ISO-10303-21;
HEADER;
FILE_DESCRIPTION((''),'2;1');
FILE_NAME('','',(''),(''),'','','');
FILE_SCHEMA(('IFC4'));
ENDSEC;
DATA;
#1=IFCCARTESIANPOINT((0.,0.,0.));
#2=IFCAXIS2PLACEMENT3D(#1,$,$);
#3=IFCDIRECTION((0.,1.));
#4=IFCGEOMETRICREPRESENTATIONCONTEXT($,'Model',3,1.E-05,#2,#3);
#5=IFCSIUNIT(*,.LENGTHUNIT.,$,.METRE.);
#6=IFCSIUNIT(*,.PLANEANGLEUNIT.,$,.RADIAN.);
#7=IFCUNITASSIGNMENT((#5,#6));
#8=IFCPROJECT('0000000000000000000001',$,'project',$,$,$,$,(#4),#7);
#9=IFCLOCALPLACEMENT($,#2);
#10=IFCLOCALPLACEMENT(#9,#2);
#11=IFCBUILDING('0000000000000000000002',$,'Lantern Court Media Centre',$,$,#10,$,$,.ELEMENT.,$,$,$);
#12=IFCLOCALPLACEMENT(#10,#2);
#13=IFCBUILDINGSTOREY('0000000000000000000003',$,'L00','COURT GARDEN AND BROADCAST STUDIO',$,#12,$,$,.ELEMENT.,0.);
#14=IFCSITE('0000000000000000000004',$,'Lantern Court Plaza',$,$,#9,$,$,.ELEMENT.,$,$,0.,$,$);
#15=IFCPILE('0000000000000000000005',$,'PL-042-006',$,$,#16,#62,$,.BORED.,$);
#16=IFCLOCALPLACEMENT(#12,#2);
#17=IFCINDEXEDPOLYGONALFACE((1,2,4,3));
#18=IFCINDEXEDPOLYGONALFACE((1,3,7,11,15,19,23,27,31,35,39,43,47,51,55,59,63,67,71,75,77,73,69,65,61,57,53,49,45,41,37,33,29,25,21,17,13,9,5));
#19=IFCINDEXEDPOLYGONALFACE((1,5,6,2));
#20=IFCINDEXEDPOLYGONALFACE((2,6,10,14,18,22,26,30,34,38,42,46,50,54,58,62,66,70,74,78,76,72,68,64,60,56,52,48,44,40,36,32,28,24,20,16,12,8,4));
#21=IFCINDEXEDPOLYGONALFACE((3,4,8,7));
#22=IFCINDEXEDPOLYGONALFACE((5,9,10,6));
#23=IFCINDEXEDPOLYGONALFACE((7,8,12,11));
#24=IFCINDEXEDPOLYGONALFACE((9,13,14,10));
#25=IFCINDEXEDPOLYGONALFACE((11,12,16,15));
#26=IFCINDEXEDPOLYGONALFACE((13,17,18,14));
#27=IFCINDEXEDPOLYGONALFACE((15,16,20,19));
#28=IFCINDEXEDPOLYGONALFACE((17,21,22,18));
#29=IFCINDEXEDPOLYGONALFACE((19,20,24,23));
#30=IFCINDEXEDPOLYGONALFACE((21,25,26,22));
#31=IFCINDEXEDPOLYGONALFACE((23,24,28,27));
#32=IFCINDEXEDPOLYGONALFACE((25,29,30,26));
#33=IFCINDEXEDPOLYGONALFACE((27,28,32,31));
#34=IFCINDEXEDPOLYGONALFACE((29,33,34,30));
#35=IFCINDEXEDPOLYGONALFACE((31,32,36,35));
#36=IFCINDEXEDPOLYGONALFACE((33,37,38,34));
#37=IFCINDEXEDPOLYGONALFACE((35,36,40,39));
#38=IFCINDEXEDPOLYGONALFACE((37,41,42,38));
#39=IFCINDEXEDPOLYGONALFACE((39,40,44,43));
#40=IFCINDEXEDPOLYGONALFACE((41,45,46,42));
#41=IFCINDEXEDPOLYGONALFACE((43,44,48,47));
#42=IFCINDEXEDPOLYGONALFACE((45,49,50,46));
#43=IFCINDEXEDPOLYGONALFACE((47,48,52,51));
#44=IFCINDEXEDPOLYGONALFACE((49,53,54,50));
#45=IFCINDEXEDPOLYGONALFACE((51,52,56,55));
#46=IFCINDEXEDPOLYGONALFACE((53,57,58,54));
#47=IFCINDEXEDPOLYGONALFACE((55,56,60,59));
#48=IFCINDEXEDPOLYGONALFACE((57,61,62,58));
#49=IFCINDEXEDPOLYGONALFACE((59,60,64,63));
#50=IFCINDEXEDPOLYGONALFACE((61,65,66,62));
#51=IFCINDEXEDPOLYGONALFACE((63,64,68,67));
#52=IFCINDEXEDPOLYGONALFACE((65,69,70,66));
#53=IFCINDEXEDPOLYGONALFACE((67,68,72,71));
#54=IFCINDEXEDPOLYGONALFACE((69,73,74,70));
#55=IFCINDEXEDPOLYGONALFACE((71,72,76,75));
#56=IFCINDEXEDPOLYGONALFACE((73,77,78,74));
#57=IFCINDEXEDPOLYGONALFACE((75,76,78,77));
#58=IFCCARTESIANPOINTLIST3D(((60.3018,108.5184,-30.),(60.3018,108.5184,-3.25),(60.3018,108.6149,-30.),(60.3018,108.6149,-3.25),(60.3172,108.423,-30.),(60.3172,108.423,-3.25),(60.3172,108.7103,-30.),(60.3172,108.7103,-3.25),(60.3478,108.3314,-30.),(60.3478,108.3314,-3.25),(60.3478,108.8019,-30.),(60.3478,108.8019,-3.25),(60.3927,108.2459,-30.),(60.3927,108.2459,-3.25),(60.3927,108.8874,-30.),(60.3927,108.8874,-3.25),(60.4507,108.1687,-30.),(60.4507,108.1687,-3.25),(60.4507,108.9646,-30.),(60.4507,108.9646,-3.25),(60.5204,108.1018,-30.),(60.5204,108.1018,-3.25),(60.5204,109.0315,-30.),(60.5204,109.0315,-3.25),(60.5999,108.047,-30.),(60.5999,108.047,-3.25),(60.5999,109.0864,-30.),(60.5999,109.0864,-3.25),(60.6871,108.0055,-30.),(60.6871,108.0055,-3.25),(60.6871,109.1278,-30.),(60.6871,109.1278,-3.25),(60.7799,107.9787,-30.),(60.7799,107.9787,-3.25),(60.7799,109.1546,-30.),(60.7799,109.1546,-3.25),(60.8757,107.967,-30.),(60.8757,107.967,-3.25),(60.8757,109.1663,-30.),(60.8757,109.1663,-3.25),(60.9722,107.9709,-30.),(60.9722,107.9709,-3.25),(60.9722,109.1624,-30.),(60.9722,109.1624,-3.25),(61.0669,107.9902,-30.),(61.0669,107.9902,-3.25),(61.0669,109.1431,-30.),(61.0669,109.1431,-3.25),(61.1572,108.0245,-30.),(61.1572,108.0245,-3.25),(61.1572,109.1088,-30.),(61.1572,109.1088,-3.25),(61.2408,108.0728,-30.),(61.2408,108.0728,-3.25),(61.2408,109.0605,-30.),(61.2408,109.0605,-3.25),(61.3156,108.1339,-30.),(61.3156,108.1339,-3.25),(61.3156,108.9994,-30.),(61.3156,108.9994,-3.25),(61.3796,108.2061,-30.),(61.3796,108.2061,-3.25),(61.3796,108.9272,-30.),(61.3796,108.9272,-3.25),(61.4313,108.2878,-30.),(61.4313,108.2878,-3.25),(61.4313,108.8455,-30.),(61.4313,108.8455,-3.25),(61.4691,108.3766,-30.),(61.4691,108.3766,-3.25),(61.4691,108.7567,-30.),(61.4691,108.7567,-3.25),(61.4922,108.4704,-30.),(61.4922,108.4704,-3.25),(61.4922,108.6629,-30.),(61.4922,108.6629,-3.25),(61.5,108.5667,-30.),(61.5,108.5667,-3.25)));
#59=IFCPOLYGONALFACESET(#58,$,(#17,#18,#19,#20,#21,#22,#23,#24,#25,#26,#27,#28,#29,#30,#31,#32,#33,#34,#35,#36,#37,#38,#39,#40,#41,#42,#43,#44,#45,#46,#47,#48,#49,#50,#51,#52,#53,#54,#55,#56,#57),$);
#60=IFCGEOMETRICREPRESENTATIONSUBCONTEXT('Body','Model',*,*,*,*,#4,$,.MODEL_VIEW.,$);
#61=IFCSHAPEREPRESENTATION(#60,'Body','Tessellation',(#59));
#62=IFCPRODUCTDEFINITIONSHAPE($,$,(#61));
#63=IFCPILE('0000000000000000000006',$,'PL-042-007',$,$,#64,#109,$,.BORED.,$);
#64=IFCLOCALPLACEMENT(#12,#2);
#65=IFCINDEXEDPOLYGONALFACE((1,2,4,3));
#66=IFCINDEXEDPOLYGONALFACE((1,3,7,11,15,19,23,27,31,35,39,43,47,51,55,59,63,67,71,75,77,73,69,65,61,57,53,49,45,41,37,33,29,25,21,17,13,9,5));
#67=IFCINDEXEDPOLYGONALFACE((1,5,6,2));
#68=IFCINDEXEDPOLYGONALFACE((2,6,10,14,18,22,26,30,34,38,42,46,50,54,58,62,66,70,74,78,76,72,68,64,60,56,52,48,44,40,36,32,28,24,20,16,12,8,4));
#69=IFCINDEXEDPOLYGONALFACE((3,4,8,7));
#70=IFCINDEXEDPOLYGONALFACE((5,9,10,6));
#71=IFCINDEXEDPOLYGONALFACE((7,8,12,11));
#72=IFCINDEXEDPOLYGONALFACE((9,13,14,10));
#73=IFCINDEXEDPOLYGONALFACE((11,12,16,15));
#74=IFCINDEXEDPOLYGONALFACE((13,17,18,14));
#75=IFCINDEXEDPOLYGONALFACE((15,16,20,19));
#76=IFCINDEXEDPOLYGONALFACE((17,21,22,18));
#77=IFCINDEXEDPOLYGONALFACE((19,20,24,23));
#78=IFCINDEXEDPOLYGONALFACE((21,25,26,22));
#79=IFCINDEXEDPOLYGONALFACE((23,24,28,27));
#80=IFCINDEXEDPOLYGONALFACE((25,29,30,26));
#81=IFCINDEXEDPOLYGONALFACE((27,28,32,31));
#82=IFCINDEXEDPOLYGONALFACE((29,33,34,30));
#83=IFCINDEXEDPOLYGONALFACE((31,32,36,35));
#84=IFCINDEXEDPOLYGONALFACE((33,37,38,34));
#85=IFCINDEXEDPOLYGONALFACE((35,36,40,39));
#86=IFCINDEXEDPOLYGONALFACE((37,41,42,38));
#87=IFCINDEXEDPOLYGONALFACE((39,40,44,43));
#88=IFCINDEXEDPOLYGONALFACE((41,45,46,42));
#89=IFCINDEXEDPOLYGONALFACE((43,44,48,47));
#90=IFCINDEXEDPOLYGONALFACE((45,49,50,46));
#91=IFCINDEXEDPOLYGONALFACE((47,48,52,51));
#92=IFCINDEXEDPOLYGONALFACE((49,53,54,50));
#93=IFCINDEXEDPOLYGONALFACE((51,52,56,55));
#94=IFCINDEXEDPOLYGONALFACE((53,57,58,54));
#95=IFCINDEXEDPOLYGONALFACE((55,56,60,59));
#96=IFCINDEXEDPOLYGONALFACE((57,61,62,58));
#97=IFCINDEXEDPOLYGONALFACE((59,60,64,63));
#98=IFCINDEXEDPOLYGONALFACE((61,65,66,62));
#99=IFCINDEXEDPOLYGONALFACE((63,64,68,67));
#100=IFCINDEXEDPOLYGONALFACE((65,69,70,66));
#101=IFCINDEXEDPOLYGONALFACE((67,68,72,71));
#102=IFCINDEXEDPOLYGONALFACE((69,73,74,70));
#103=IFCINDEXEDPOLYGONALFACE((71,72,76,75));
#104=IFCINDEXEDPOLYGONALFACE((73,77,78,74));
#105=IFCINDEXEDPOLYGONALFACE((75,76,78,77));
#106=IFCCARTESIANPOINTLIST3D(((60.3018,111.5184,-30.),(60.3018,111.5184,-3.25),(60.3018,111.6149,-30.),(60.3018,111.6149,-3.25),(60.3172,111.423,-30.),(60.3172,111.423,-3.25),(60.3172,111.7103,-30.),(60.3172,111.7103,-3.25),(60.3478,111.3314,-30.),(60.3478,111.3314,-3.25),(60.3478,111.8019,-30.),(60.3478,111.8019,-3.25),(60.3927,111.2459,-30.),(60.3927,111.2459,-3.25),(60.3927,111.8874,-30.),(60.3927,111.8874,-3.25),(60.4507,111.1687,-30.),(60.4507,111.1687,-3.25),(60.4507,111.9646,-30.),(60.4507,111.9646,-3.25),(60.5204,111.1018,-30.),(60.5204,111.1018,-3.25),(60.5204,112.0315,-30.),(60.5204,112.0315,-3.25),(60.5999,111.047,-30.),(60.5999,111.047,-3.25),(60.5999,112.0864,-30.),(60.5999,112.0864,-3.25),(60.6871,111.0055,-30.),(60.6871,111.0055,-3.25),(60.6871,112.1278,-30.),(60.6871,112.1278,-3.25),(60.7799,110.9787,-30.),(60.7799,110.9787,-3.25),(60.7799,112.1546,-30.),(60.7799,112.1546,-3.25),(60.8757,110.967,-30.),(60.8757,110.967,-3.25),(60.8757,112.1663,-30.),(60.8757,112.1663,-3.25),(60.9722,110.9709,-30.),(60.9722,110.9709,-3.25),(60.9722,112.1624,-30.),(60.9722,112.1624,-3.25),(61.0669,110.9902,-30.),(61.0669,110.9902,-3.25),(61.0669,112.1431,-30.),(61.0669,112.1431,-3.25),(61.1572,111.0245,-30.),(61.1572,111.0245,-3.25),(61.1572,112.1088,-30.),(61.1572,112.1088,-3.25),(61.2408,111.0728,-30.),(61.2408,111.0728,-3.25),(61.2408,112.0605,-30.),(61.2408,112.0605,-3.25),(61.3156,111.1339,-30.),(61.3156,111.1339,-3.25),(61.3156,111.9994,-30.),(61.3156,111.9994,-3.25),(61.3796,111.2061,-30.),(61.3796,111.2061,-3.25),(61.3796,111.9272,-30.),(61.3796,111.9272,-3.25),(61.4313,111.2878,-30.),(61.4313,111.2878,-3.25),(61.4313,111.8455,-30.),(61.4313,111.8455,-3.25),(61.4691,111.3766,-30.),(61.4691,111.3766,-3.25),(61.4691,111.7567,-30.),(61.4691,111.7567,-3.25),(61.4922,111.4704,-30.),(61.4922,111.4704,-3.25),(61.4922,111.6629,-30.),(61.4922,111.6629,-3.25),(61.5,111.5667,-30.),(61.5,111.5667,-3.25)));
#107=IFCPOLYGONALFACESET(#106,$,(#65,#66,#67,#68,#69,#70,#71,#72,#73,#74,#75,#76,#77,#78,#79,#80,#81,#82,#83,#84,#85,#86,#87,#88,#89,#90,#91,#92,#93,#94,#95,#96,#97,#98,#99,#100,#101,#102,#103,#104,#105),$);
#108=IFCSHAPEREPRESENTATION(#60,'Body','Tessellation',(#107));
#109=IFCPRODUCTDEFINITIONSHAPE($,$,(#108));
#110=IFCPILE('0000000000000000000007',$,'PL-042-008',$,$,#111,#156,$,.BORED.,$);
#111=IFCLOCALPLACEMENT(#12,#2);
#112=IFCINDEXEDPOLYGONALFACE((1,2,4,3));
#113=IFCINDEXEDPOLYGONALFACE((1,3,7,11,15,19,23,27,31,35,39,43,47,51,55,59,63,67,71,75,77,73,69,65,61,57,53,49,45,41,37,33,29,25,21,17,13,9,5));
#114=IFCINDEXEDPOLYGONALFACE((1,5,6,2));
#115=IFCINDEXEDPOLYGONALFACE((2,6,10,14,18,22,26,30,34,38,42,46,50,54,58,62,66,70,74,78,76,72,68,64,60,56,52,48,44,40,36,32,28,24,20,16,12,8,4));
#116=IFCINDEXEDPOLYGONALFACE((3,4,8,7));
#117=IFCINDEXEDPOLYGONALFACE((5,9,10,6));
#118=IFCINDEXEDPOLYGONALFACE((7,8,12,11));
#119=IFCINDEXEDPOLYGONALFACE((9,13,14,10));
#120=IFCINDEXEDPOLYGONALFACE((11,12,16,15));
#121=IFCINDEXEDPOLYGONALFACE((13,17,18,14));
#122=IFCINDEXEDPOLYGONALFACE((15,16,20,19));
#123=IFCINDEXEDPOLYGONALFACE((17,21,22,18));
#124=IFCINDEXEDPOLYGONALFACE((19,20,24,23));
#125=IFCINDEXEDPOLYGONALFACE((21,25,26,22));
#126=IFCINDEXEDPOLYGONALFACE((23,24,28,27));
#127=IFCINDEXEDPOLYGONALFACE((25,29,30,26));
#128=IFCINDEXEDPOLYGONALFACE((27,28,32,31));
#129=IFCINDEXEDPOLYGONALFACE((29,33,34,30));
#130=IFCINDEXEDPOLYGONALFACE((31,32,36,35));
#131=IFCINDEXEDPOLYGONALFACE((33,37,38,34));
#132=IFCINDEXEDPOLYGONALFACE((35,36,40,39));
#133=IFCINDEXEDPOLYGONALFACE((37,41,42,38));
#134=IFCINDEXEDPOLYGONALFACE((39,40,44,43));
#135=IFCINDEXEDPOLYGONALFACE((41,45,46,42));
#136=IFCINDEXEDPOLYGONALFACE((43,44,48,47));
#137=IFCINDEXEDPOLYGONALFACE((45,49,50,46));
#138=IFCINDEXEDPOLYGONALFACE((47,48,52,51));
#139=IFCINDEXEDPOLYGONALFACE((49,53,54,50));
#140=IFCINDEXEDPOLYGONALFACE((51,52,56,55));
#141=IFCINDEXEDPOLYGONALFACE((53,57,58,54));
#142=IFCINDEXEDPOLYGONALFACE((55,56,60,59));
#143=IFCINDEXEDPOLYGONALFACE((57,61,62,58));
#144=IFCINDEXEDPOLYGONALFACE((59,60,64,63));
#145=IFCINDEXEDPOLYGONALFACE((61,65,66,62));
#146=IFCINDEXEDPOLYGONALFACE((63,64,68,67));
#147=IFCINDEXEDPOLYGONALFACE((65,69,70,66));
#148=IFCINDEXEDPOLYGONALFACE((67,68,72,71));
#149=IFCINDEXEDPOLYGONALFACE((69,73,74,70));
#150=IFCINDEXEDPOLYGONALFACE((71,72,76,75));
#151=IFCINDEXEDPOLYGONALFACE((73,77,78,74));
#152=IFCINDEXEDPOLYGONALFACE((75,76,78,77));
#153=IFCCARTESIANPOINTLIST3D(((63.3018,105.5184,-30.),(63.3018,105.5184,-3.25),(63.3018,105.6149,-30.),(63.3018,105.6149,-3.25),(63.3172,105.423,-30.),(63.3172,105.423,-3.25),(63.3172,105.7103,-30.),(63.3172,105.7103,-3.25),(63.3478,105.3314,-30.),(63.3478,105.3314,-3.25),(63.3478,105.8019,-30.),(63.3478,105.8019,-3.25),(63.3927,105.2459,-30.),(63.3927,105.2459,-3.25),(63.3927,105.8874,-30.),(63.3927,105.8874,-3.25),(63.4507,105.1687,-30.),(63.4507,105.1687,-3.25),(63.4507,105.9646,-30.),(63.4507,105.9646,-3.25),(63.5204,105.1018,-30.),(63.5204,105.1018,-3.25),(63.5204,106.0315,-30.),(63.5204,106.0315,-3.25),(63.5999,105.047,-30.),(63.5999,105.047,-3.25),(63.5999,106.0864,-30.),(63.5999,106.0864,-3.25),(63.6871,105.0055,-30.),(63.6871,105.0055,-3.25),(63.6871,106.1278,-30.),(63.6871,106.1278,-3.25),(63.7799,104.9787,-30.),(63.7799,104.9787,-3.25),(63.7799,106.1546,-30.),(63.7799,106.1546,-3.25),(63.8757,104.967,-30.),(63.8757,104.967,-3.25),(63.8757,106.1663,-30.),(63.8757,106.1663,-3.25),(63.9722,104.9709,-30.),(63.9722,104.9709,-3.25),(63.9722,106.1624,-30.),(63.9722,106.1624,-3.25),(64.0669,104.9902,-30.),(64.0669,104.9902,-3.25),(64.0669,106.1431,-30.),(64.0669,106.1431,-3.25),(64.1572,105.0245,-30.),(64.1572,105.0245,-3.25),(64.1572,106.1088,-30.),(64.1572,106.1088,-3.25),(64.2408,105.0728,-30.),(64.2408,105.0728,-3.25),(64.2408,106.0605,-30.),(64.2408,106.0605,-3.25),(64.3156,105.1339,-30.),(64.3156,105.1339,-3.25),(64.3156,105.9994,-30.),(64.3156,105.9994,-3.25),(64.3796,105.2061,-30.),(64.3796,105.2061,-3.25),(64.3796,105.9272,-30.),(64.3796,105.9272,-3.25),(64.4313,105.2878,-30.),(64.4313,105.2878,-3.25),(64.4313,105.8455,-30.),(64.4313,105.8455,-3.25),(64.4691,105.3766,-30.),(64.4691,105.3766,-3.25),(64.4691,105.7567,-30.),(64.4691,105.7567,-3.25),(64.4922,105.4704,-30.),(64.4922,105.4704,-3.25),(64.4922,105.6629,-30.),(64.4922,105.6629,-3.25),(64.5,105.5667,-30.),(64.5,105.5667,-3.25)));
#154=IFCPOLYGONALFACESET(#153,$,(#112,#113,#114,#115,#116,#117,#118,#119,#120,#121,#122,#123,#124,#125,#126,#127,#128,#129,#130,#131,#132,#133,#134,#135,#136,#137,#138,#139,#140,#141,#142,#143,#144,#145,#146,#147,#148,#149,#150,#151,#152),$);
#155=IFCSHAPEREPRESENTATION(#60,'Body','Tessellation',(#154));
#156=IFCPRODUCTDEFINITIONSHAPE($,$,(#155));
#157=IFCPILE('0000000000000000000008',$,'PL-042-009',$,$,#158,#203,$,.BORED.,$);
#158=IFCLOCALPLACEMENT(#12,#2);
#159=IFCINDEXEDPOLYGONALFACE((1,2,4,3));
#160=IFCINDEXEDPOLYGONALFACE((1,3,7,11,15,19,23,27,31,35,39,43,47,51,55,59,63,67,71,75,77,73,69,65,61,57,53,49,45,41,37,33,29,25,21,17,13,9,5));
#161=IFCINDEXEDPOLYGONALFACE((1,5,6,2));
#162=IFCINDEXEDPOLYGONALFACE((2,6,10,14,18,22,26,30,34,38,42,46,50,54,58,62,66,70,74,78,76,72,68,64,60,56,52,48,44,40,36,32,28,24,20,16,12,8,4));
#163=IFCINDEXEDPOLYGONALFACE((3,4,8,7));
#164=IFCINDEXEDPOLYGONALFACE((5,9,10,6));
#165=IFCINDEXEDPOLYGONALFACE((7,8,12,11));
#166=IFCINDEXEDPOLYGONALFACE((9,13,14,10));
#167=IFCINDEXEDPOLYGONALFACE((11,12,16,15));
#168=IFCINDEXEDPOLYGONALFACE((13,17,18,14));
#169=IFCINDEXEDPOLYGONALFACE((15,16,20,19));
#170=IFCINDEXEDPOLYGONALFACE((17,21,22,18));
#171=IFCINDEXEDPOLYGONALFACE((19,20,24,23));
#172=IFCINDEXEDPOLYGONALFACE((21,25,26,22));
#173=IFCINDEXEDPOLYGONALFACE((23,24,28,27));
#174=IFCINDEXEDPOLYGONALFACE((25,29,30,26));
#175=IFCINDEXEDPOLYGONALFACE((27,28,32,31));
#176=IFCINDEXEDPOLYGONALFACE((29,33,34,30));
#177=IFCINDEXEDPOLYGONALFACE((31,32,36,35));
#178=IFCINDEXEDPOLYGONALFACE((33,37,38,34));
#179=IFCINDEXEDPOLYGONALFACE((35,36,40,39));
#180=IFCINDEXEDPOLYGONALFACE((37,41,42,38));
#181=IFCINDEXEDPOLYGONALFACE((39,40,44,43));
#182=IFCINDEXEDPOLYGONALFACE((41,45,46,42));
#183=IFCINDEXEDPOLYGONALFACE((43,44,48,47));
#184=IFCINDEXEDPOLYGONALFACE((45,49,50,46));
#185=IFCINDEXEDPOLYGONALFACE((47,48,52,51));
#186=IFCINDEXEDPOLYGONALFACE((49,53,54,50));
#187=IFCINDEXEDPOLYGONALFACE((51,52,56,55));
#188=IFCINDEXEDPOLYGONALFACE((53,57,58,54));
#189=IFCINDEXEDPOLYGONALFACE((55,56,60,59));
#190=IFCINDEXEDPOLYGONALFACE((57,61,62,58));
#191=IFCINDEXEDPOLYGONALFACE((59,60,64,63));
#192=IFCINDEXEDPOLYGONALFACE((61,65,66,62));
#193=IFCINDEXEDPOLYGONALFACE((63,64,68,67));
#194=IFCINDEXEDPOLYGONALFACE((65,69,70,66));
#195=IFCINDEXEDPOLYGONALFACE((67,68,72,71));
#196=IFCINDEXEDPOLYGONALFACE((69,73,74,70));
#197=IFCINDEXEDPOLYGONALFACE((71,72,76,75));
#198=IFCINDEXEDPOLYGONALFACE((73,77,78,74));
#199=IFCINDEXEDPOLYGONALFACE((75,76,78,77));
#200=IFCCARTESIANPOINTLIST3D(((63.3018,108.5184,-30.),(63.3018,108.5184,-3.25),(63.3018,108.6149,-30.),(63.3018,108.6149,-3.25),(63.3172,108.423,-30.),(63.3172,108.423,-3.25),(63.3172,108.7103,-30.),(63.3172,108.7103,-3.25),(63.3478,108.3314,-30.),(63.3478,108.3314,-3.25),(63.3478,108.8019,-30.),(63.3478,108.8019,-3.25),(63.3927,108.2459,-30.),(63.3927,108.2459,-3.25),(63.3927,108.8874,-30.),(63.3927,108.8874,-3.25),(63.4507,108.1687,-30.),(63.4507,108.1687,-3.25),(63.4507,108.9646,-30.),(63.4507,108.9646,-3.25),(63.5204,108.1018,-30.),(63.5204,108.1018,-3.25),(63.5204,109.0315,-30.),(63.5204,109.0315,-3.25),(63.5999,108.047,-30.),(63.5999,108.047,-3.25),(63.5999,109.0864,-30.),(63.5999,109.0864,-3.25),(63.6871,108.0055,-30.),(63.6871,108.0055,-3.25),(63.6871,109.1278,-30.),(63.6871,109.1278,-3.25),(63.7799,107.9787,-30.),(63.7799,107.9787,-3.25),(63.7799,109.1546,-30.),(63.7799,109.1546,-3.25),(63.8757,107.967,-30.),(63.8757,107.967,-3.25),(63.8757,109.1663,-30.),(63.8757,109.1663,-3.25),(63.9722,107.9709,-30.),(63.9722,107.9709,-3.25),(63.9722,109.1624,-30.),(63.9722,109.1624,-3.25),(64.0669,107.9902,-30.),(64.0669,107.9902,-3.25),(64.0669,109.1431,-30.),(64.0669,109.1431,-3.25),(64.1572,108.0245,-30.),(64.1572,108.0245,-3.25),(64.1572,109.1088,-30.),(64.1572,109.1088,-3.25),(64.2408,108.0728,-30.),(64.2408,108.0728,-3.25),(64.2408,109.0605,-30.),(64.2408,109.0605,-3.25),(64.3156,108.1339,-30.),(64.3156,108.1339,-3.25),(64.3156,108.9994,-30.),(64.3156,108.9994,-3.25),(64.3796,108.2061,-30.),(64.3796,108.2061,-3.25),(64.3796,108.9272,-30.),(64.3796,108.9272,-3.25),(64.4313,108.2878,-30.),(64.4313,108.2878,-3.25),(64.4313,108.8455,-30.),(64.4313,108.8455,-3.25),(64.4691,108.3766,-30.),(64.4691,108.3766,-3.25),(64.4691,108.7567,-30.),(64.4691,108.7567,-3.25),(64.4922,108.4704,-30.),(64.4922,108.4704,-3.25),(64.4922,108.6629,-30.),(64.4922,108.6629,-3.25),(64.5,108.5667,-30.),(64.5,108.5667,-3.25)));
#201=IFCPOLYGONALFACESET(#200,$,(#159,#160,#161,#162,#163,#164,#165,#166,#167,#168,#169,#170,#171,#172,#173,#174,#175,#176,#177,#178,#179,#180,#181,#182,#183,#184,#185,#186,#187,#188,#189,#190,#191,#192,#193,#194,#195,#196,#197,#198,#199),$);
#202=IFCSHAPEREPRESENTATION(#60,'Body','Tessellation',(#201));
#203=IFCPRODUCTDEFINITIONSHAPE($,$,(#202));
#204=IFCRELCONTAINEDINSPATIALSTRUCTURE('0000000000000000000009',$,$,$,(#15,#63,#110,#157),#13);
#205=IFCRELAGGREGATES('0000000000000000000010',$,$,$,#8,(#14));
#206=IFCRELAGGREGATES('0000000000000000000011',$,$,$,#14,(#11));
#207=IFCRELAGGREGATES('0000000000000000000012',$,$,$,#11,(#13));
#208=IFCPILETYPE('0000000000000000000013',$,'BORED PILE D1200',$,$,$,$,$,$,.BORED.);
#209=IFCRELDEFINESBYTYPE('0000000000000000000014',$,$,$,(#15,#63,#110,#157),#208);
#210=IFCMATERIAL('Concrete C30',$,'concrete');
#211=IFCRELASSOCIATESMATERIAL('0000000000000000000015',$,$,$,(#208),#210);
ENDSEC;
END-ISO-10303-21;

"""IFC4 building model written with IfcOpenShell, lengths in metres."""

from ifc_helpers import new_model, si_unit, direction, frame, origin, origin_2d, place, context, subcontext, project, spatial, circle, extrude, material, material_profile, profile_set, type_object, element, save


model = new_model("IFC4")

# Units and contexts
model_context = context("Model", 3, precision=1e-05, world=origin(), true_north=direction((0.0, 1.0)))
body_context = subcontext(model_context, "Body", "Model", "MODEL_VIEW")
ifc_project = project(units=[si_unit("LENGTHUNIT", "METRE"), si_unit("PLANEANGLEUNIT", "RADIAN")], contexts=[model_context])

# Site, building, storey
site_placement = place(None, origin())
site = spatial("IfcSite", under=ifc_project, at=site_placement, Name="Lantern Court Plaza", CompositionType="ELEMENT", RefElevation=0.0)
building_placement = place(site_placement, origin())
building = spatial("IfcBuilding", under=site, at=building_placement, Name="Lantern Court Media Centre", CompositionType="ELEMENT")
storey_placement = place(building_placement, origin())
storey = spatial("IfcBuildingStorey", under=building, at=storey_placement, Name="L00", Description="COURT GARDEN AND BROADCAST STUDIO", CompositionType="ELEMENT", Elevation=0.0)

# Piles
ifc_material_1 = material(Name="Concrete C30", Category="concrete")
ifc_material_profile_1 = material_profile(ifc_material_1, circle(Radius=0.6001, at=origin_2d()), Name="D1200")
ifc_profile_set_1 = profile_set([ifc_material_profile_1], Name="Concrete C30")
pile_type = type_object("IfcPileType", Name="BORED PILE D1200", PredefinedType="BORED", material=ifc_profile_set_1)
for number, where, z_axis, x_axis, name in (
    (1, (60.8999, 108.5667, -3.25), (0.0, 0.0, -1.0), (1.0, 0.0, 0.0), "PL-042-006"),
    (2, (60.8999, 111.5667, -3.25), (0.0, 0.0, -1.0), (1.0, 0.0, 0.0), "PL-042-007"),
    (3, (63.8999, 105.5667, -3.25), (0.0, 0.0, -1.0), (1.0, 0.0, 0.0), "PL-042-008"),
    (4, (63.8999, 108.5667, -3.25), (0.0, 0.0, -1.0), (1.0, 0.0, 0.0), "PL-042-009"),
):
    element("IfcPile", number, at=place(storey_placement, frame(where, z_axis=z_axis, x_axis=x_axis)), inside=storey, type_object=pile_type, Name=name, PredefinedType="BORED", context=body_context, shape_type="SweptSolid", body=[
        extrude(circle(Radius=0.6001, at=origin_2d()), origin(), (0.0, 0.0, 1.0), 26.75),
    ])

save(model, "model.ifc")
